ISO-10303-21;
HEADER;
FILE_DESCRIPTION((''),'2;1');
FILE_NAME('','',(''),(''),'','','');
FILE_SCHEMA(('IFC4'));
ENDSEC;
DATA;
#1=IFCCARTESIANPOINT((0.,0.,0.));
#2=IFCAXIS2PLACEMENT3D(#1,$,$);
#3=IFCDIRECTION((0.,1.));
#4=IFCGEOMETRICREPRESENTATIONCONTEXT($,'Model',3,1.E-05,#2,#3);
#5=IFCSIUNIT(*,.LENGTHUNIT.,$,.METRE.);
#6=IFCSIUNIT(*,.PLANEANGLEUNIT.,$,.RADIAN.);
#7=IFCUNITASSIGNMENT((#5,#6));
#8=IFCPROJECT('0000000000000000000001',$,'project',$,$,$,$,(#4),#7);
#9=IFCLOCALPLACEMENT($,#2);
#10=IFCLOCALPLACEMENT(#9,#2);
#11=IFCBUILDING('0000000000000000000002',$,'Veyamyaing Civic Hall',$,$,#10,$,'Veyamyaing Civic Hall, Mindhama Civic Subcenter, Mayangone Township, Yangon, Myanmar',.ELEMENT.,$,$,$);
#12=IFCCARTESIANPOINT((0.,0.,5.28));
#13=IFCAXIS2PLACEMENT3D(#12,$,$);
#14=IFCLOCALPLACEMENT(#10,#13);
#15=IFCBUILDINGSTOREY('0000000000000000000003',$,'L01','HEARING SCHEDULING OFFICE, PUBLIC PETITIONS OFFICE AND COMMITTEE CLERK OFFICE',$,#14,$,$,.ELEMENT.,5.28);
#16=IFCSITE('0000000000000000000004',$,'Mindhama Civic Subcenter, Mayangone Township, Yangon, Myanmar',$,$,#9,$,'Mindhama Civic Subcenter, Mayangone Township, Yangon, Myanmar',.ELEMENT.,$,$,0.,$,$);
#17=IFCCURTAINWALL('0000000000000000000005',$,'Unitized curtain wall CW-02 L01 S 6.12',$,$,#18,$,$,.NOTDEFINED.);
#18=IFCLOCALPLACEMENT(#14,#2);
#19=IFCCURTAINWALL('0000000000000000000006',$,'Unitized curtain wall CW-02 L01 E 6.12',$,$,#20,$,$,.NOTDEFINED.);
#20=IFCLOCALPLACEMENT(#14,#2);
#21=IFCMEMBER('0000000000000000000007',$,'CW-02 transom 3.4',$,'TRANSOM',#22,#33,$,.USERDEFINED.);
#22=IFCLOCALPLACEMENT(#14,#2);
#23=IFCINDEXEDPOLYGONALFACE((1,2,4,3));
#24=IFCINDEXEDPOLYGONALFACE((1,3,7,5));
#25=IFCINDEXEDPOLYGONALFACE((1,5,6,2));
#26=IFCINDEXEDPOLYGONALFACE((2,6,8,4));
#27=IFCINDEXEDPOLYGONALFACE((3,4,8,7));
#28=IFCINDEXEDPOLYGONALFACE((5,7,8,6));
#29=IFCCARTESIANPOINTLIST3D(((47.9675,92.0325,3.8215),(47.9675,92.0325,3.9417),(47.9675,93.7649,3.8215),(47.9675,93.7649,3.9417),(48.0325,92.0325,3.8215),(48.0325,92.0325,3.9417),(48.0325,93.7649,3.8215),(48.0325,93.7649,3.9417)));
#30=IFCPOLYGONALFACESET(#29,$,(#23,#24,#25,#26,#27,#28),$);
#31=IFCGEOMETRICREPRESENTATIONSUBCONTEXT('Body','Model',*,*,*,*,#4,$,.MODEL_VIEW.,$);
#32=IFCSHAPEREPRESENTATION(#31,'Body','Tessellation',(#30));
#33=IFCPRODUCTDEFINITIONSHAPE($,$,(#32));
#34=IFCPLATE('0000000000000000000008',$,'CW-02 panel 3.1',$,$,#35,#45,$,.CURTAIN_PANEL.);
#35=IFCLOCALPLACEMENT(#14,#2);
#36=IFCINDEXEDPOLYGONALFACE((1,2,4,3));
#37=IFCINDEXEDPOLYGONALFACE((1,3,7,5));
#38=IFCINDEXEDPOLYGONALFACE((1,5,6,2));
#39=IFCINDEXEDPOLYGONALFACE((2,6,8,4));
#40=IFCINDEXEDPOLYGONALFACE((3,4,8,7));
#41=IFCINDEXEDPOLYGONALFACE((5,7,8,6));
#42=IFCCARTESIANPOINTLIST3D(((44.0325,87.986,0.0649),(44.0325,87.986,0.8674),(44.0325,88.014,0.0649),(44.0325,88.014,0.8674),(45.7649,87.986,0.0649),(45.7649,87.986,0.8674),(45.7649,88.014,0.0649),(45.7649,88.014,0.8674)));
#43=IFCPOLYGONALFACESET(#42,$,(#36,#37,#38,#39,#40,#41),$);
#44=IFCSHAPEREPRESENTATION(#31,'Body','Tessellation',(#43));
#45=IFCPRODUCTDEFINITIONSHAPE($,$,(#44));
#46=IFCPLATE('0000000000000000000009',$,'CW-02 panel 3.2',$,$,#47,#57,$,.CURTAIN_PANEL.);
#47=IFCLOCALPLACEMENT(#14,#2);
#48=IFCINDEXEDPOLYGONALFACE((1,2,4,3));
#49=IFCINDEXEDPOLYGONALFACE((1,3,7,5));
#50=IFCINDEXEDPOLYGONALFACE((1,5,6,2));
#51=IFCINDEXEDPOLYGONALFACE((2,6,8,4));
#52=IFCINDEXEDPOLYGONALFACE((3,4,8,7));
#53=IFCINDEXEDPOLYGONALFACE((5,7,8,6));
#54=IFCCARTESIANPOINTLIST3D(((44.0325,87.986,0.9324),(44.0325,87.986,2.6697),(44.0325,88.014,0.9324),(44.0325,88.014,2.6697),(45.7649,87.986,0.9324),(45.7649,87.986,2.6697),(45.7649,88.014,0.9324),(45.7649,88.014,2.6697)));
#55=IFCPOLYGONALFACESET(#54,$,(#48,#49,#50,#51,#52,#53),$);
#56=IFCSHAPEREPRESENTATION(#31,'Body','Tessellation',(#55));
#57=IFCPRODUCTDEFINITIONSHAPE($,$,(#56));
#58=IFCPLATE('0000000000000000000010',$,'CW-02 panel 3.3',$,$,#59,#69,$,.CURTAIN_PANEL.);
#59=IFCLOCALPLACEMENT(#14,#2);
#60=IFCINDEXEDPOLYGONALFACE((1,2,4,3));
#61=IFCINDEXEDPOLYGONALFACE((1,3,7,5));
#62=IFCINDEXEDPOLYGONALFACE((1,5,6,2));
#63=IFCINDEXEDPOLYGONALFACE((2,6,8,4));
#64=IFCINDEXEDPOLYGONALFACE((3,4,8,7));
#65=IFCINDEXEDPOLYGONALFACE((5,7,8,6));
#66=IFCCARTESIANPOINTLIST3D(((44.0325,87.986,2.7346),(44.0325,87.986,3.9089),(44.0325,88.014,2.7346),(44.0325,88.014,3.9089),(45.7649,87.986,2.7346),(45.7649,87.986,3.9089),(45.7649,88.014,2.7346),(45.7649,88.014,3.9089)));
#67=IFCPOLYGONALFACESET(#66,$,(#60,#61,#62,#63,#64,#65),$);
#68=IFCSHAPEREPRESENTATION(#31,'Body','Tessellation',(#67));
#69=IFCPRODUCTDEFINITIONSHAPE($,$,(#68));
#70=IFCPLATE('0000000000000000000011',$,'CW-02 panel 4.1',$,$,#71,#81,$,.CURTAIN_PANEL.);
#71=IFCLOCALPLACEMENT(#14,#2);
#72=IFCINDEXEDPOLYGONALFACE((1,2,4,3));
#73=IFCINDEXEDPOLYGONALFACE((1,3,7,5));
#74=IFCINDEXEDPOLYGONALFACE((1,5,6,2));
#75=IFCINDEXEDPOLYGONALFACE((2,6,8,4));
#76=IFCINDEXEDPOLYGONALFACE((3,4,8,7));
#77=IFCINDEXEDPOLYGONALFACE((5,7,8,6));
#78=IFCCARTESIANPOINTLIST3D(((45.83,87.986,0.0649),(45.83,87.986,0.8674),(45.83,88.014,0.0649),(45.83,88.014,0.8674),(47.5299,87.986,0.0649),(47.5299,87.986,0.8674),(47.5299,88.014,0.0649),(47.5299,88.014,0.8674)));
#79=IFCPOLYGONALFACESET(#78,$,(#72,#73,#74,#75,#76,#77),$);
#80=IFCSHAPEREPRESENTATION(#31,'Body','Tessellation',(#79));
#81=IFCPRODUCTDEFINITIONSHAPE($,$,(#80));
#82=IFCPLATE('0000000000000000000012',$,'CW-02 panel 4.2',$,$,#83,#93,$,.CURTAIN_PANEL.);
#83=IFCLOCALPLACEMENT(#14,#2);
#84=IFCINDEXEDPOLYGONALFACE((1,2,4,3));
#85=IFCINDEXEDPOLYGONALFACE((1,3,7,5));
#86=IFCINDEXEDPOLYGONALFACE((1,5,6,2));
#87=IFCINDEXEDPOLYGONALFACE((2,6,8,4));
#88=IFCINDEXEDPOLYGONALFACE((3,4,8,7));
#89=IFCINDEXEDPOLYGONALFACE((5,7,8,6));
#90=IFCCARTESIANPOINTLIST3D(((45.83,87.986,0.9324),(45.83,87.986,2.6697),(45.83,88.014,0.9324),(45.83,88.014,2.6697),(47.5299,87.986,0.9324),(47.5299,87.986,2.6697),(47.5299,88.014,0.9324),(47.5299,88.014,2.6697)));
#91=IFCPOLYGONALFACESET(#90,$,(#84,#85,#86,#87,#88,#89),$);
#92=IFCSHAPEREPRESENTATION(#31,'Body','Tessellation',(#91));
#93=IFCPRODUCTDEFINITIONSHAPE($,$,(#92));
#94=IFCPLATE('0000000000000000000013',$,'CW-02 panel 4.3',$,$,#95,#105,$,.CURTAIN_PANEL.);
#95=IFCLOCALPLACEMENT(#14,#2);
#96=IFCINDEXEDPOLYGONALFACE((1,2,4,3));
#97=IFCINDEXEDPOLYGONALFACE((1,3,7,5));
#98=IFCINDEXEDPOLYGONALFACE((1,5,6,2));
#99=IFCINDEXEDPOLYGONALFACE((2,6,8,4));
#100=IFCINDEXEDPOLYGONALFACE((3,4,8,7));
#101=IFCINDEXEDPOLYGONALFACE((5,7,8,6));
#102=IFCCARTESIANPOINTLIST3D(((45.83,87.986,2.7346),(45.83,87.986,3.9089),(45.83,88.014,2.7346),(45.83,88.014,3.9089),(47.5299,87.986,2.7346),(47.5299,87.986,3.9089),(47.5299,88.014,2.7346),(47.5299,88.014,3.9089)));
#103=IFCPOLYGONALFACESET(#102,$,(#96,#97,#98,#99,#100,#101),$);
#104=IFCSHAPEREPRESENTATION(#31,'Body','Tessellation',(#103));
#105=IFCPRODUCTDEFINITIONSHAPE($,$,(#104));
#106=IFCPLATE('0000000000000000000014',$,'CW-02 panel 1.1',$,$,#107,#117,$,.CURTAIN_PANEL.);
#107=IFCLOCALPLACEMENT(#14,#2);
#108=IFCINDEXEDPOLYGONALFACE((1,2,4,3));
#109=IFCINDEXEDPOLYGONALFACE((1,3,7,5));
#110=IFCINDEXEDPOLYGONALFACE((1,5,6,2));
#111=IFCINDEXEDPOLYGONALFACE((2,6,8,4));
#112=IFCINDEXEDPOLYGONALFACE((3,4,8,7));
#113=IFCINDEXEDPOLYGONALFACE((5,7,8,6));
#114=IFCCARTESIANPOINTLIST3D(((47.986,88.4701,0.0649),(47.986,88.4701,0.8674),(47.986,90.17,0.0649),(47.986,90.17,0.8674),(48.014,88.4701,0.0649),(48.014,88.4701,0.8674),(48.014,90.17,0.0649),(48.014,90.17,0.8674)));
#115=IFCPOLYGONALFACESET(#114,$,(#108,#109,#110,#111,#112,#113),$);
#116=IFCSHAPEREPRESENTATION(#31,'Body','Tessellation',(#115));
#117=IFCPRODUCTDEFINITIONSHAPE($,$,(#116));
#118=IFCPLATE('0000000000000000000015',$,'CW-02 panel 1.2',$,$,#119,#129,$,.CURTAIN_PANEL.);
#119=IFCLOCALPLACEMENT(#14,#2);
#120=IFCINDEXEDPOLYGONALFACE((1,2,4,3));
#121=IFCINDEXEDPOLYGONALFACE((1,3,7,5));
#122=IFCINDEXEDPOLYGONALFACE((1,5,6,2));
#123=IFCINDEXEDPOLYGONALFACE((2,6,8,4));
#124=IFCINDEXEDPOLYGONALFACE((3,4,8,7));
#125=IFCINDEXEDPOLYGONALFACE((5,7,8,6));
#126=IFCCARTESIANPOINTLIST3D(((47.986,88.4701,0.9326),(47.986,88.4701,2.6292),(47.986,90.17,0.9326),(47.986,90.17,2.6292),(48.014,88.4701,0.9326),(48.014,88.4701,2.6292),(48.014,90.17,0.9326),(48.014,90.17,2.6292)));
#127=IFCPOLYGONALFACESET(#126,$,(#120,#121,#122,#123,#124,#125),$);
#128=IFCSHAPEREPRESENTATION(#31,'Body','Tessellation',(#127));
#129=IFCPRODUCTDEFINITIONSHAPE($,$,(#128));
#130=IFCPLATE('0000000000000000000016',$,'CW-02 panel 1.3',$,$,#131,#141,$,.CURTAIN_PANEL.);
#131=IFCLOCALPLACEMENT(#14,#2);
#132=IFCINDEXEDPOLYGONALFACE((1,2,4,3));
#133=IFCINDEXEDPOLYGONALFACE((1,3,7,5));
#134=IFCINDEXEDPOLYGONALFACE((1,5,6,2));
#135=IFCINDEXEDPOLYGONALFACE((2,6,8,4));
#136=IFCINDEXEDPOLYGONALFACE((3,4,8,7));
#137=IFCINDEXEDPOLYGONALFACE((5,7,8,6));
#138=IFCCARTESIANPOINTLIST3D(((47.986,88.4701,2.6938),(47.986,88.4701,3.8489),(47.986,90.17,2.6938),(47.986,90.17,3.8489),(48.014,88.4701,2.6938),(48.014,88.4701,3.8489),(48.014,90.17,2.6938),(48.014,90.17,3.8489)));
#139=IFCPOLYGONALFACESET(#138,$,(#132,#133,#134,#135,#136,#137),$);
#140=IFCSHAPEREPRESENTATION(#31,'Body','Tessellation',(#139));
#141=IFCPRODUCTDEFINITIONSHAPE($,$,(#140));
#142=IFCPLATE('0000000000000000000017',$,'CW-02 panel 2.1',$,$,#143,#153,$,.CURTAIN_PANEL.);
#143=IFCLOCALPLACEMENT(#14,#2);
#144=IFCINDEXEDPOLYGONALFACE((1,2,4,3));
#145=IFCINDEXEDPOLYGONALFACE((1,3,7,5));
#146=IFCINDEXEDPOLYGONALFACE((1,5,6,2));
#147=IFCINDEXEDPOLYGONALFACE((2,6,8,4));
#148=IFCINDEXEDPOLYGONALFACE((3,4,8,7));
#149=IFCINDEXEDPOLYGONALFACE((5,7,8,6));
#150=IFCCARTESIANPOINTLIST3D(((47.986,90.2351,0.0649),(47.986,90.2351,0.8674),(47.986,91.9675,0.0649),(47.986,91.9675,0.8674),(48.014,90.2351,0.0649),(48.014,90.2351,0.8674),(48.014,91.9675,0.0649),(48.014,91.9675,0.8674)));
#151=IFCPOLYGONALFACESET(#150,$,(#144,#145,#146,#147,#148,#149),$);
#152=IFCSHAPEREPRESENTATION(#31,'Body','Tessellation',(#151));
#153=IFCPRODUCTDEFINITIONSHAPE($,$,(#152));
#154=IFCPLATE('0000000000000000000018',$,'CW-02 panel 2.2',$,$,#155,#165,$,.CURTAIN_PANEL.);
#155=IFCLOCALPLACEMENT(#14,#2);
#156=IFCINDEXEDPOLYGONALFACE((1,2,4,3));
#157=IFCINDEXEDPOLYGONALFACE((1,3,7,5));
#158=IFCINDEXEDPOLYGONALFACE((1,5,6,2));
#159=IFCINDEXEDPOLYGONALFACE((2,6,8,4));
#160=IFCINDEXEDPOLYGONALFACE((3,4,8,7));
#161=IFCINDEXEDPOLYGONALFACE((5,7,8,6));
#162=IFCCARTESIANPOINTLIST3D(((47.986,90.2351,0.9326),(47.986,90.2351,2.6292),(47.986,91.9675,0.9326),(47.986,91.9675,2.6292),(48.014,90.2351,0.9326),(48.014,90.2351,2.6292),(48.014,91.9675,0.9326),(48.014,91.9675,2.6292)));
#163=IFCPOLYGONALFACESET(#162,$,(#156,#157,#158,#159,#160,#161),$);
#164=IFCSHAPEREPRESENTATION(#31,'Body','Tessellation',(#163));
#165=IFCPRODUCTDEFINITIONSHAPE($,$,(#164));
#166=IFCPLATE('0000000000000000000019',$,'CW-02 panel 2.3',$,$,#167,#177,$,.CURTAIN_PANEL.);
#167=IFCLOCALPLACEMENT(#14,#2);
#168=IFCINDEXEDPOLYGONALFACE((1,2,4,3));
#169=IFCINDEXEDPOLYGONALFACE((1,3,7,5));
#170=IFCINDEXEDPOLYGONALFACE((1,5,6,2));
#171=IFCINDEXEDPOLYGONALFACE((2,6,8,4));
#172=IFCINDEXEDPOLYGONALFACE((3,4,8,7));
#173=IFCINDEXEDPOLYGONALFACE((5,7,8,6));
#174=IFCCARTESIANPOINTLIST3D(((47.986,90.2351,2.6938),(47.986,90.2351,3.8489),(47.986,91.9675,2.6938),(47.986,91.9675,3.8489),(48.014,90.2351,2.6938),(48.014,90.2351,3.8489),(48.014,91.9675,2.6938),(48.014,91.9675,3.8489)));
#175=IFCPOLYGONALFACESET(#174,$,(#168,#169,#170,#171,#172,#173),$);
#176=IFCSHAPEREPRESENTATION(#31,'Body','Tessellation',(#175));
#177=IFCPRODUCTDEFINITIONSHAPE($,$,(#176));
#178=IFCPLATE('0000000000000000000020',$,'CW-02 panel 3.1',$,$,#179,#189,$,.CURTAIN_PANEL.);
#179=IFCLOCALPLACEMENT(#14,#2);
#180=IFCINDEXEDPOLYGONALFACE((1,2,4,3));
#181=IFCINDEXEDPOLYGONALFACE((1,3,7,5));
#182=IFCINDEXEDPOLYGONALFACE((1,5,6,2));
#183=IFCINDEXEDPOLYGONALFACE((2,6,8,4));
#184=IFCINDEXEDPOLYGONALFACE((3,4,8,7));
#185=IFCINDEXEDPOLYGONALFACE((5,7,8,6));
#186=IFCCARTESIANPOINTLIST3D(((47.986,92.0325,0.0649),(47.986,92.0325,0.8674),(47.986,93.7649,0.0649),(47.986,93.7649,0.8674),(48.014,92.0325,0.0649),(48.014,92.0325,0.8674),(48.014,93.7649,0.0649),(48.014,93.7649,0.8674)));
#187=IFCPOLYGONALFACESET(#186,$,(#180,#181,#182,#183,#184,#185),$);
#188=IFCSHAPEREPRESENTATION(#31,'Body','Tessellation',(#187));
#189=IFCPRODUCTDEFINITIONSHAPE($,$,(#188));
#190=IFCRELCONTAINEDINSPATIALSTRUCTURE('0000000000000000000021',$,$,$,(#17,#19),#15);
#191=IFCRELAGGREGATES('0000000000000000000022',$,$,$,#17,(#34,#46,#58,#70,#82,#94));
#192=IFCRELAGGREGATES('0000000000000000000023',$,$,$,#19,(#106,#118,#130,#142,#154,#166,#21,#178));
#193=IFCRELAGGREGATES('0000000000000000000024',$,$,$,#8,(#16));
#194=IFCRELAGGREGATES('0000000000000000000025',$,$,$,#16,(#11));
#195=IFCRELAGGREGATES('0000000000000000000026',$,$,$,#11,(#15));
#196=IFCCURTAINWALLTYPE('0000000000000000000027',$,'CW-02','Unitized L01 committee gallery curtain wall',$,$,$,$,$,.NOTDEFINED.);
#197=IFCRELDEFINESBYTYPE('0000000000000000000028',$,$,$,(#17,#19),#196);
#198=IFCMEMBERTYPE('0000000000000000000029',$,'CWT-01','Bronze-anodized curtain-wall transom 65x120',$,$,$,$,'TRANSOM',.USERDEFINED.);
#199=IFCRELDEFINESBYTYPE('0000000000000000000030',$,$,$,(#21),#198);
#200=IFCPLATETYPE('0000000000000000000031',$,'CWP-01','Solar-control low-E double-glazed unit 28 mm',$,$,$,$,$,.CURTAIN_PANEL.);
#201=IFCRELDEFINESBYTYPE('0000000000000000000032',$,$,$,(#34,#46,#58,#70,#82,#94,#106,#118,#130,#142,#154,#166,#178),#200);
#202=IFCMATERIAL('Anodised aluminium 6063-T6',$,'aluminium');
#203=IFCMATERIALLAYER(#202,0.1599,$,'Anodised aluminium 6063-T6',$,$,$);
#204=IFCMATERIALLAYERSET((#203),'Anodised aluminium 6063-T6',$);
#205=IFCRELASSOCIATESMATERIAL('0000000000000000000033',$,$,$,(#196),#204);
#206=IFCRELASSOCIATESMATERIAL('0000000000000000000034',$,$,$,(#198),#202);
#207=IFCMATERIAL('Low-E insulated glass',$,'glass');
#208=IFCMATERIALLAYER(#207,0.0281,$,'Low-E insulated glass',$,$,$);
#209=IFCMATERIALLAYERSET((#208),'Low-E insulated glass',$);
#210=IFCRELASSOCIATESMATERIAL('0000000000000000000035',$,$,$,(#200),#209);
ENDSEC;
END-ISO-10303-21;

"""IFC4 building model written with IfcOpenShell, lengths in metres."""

from ifc_helpers import new_model, si_unit, direction, frame, origin, origin_2d, place, context, subcontext, project, spatial, rectangle, extrude, material, layer, layer_set, material_profile, profile_set, type_object, element, aggregate, save


model = new_model("IFC4")

# Units and contexts
model_context = context("Model", 3, precision=1e-05, world=origin(), true_north=direction((0.0, 1.0)))
body_context = subcontext(model_context, "Body", "Model", "MODEL_VIEW")
ifc_project = project(units=[si_unit("LENGTHUNIT", "METRE"), si_unit("PLANEANGLEUNIT", "RADIAN")], contexts=[model_context])

# Site, building, storey
site_placement = place(None, origin())
site = spatial("IfcSite", under=ifc_project, at=site_placement, Name="Mindhama Civic Subcenter, Mayangone Township, Yangon, Myanmar", LongName="Mindhama Civic Subcenter, Mayangone Township, Yangon, Myanmar", CompositionType="ELEMENT", RefElevation=0.0)
building_placement = place(site_placement, origin())
building = spatial("IfcBuilding", under=site, at=building_placement, Name="Veyamyaing Civic Hall", LongName="Veyamyaing Civic Hall, Mindhama Civic Subcenter, Mayangone Township, Yangon, Myanmar", CompositionType="ELEMENT")
storey_placement = place(building_placement, frame((0.0, 0.0, 5.28)))
storey = spatial("IfcBuildingStorey", under=building, at=storey_placement, Name="L01", Description="HEARING SCHEDULING OFFICE, PUBLIC PETITIONS OFFICE AND COMMITTEE CLERK OFFICE", CompositionType="ELEMENT", Elevation=5.28)

# Curtain walls
ifc_material_1 = material(Name="Anodised aluminium 6063-T6", Category="aluminium")
ifc_layer_1 = layer(ifc_material_1, 0.1599, Name="Anodised aluminium 6063-T6")
ifc_layer_set_1 = layer_set([ifc_layer_1], Name="Anodised aluminium 6063-T6")
curtain_wall_type = type_object("IfcCurtainWallType", Name="CW-02", Description="Unitized L01 committee gallery curtain wall", PredefinedType="NOTDEFINED", material=ifc_layer_set_1)
curtain_wall_1_placement = place(storey_placement, origin())
curtain_wall_1 = element("IfcCurtainWall", 1, at=curtain_wall_1_placement, inside=storey, type_object=curtain_wall_type, Name="Unitized curtain wall CW-02 L01 S 6.12", PredefinedType="NOTDEFINED")
curtain_wall_2_placement = place(storey_placement, origin())
curtain_wall_2 = element("IfcCurtainWall", 2, at=curtain_wall_2_placement, inside=storey, type_object=curtain_wall_type, Name="Unitized curtain wall CW-02 L01 E 6.12", PredefinedType="NOTDEFINED")

# Member
ifc_material_profile_1 = material_profile(ifc_material_1, rectangle(XDim=0.0649, YDim=0.1201, at=origin_2d()), Name="ALU-TRN-65X120")
ifc_profile_set_1 = profile_set([ifc_material_profile_1], Name="Anodised aluminium 6063-T6")
member_type_1 = type_object("IfcMemberType", Name="CWT-01", Description="Bronze-anodized curtain-wall transom 65x120", ElementType="TRANSOM", PredefinedType="USERDEFINED", material=ifc_profile_set_1)
member_1_placement = place(storey_placement, frame((48.0, 92.0325, 3.8816), z_axis=(0.0, 1.0, 0.0), x_axis=(-1.0, 0.0, 0.0)))
member_1 = element("IfcMember", 3, at=member_1_placement, type_object=member_type_1, Name="CW-02 transom 3.4", ObjectType="TRANSOM", PredefinedType="USERDEFINED", context=body_context, shape_type="SweptSolid", body=[
    extrude(rectangle(XDim=0.0649, YDim=0.1201, at=origin_2d()), origin(), (0.0, 0.0, 1.0), 1.7324),
])

# Plates
ifc_material_2 = material(Name="Low-E insulated glass", Category="glass")
ifc_layer_2 = layer(ifc_material_2, 0.0281, Name="Low-E insulated glass")
ifc_layer_set_2 = layer_set([ifc_layer_2], Name="Low-E insulated glass")
plate_type = type_object("IfcPlateType", Name="CWP-01", Description="Solar-control low-E double-glazed unit 28 mm", PredefinedType="CURTAIN_PANEL", material=ifc_layer_set_2)
plate_1_placement = place(storey_placement, frame((44.8987, 88.0, 0.0649), z_axis=(0.0, 0.0, 1.0), x_axis=(1.0, 0.0, 0.0)))
plate_1 = element("IfcPlate", 4, at=plate_1_placement, type_object=plate_type, Name="CW-02 panel 3.1", PredefinedType="CURTAIN_PANEL", context=body_context, shape_type="SweptSolid", body=[
    extrude(rectangle(XDim=1.7324, YDim=0.0281, at=origin_2d()), origin(), (0.0, 0.0, 1.0), 0.8025),
])
plate_2_placement = place(storey_placement, frame((44.8987, 88.0, 0.9324), z_axis=(0.0, 0.0, 1.0), x_axis=(1.0, 0.0, 0.0)))
plate_2 = element("IfcPlate", 5, at=plate_2_placement, type_object=plate_type, Name="CW-02 panel 3.2", PredefinedType="CURTAIN_PANEL", context=body_context, shape_type="SweptSolid", body=[
    extrude(rectangle(XDim=1.7324, YDim=0.0281, at=origin_2d()), origin(), (0.0, 0.0, 1.0), 1.7373),
])
plate_3_placement = place(storey_placement, frame((44.8987, 88.0, 2.7346), z_axis=(0.0, 0.0, 1.0), x_axis=(1.0, 0.0, 0.0)))
plate_3 = element("IfcPlate", 6, at=plate_3_placement, type_object=plate_type, Name="CW-02 panel 3.3", PredefinedType="CURTAIN_PANEL", context=body_context, shape_type="SweptSolid", body=[
    extrude(rectangle(XDim=1.7324, YDim=0.0281, at=origin_2d()), origin(), (0.0, 0.0, 1.0), 1.1743),
])
plate_4_placement = place(storey_placement, frame((46.6799, 88.0, 0.0649), z_axis=(0.0, 0.0, 1.0), x_axis=(1.0, 0.0, 0.0)))
plate_4 = element("IfcPlate", 7, at=plate_4_placement, type_object=plate_type, Name="CW-02 panel 4.1", PredefinedType="CURTAIN_PANEL", context=body_context, shape_type="SweptSolid", body=[
    extrude(rectangle(XDim=1.7, YDim=0.0281, at=origin_2d()), origin(), (0.0, 0.0, 1.0), 0.8025),
])
plate_5_placement = place(storey_placement, frame((46.6799, 88.0, 0.9324), z_axis=(0.0, 0.0, 1.0), x_axis=(1.0, 0.0, 0.0)))
plate_5 = element("IfcPlate", 8, at=plate_5_placement, type_object=plate_type, Name="CW-02 panel 4.2", PredefinedType="CURTAIN_PANEL", context=body_context, shape_type="SweptSolid", body=[
    extrude(rectangle(XDim=1.7, YDim=0.0281, at=origin_2d()), origin(), (0.0, 0.0, 1.0), 1.7373),
])
plate_6_placement = place(storey_placement, frame((46.6799, 88.0, 2.7346), z_axis=(0.0, 0.0, 1.0), x_axis=(1.0, 0.0, 0.0)))
plate_6 = element("IfcPlate", 9, at=plate_6_placement, type_object=plate_type, Name="CW-02 panel 4.3", PredefinedType="CURTAIN_PANEL", context=body_context, shape_type="SweptSolid", body=[
    extrude(rectangle(XDim=1.7, YDim=0.0281, at=origin_2d()), origin(), (0.0, 0.0, 1.0), 1.1743),
])
aggregate(curtain_wall_1, [plate_1, plate_2, plate_3, plate_4, plate_5, plate_6])
plate_7_placement = place(storey_placement, frame((48.0, 89.3201, 0.0649), z_axis=(0.0, 0.0, 1.0), x_axis=(0.0, 1.0, 0.0)))
plate_7 = element("IfcPlate", 10, at=plate_7_placement, type_object=plate_type, Name="CW-02 panel 1.1", PredefinedType="CURTAIN_PANEL", context=body_context, shape_type="SweptSolid", body=[
    extrude(rectangle(XDim=1.7, YDim=0.0281, at=origin_2d()), origin(), (0.0, 0.0, 1.0), 0.8025),
])
plate_8_placement = place(storey_placement, frame((48.0, 89.3201, 0.9326), z_axis=(0.0, 0.0, 1.0), x_axis=(0.0, 1.0, 0.0)))
plate_8 = element("IfcPlate", 11, at=plate_8_placement, type_object=plate_type, Name="CW-02 panel 1.2", PredefinedType="CURTAIN_PANEL", context=body_context, shape_type="SweptSolid", body=[
    extrude(rectangle(XDim=1.7, YDim=0.0281, at=origin_2d()), origin(), (0.0, 0.0, 1.0), 1.6965),
])
plate_9_placement = place(storey_placement, frame((48.0, 89.3201, 2.6938), z_axis=(0.0, 0.0, 1.0), x_axis=(0.0, 1.0, 0.0)))
plate_9 = element("IfcPlate", 12, at=plate_9_placement, type_object=plate_type, Name="CW-02 panel 1.3", PredefinedType="CURTAIN_PANEL", context=body_context, shape_type="SweptSolid", body=[
    extrude(rectangle(XDim=1.7, YDim=0.0281, at=origin_2d()), origin(), (0.0, 0.0, 1.0), 1.155),
])
plate_10_placement = place(storey_placement, frame((48.0, 91.1013, 0.0649), z_axis=(0.0, 0.0, 1.0), x_axis=(0.0, 1.0, 0.0)))
plate_10 = element("IfcPlate", 13, at=plate_10_placement, type_object=plate_type, Name="CW-02 panel 2.1", PredefinedType="CURTAIN_PANEL", context=body_context, shape_type="SweptSolid", body=[
    extrude(rectangle(XDim=1.7324, YDim=0.0281, at=origin_2d()), origin(), (0.0, 0.0, 1.0), 0.8025),
])
plate_11_placement = place(storey_placement, frame((48.0, 91.1013, 0.9326), z_axis=(0.0, 0.0, 1.0), x_axis=(0.0, 1.0, 0.0)))
plate_11 = element("IfcPlate", 14, at=plate_11_placement, type_object=plate_type, Name="CW-02 panel 2.2", PredefinedType="CURTAIN_PANEL", context=body_context, shape_type="SweptSolid", body=[
    extrude(rectangle(XDim=1.7324, YDim=0.0281, at=origin_2d()), origin(), (0.0, 0.0, 1.0), 1.6965),
])
plate_12_placement = place(storey_placement, frame((48.0, 91.1013, 2.6938), z_axis=(0.0, 0.0, 1.0), x_axis=(0.0, 1.0, 0.0)))
plate_12 = element("IfcPlate", 15, at=plate_12_placement, type_object=plate_type, Name="CW-02 panel 2.3", PredefinedType="CURTAIN_PANEL", context=body_context, shape_type="SweptSolid", body=[
    extrude(rectangle(XDim=1.7324, YDim=0.0281, at=origin_2d()), origin(), (0.0, 0.0, 1.0), 1.155),
])
plate_13_placement = place(storey_placement, frame((48.0, 92.8987, 0.0649), z_axis=(0.0, 0.0, 1.0), x_axis=(0.0, 1.0, 0.0)))
plate_13 = element("IfcPlate", 16, at=plate_13_placement, type_object=plate_type, Name="CW-02 panel 3.1", PredefinedType="CURTAIN_PANEL", context=body_context, shape_type="SweptSolid", body=[
    extrude(rectangle(XDim=1.7324, YDim=0.0281, at=origin_2d()), origin(), (0.0, 0.0, 1.0), 0.8025),
])
aggregate(curtain_wall_2, [plate_7, plate_8, plate_9, plate_10, plate_11, plate_12, member_1, plate_13])

save(model, "model.ifc")
